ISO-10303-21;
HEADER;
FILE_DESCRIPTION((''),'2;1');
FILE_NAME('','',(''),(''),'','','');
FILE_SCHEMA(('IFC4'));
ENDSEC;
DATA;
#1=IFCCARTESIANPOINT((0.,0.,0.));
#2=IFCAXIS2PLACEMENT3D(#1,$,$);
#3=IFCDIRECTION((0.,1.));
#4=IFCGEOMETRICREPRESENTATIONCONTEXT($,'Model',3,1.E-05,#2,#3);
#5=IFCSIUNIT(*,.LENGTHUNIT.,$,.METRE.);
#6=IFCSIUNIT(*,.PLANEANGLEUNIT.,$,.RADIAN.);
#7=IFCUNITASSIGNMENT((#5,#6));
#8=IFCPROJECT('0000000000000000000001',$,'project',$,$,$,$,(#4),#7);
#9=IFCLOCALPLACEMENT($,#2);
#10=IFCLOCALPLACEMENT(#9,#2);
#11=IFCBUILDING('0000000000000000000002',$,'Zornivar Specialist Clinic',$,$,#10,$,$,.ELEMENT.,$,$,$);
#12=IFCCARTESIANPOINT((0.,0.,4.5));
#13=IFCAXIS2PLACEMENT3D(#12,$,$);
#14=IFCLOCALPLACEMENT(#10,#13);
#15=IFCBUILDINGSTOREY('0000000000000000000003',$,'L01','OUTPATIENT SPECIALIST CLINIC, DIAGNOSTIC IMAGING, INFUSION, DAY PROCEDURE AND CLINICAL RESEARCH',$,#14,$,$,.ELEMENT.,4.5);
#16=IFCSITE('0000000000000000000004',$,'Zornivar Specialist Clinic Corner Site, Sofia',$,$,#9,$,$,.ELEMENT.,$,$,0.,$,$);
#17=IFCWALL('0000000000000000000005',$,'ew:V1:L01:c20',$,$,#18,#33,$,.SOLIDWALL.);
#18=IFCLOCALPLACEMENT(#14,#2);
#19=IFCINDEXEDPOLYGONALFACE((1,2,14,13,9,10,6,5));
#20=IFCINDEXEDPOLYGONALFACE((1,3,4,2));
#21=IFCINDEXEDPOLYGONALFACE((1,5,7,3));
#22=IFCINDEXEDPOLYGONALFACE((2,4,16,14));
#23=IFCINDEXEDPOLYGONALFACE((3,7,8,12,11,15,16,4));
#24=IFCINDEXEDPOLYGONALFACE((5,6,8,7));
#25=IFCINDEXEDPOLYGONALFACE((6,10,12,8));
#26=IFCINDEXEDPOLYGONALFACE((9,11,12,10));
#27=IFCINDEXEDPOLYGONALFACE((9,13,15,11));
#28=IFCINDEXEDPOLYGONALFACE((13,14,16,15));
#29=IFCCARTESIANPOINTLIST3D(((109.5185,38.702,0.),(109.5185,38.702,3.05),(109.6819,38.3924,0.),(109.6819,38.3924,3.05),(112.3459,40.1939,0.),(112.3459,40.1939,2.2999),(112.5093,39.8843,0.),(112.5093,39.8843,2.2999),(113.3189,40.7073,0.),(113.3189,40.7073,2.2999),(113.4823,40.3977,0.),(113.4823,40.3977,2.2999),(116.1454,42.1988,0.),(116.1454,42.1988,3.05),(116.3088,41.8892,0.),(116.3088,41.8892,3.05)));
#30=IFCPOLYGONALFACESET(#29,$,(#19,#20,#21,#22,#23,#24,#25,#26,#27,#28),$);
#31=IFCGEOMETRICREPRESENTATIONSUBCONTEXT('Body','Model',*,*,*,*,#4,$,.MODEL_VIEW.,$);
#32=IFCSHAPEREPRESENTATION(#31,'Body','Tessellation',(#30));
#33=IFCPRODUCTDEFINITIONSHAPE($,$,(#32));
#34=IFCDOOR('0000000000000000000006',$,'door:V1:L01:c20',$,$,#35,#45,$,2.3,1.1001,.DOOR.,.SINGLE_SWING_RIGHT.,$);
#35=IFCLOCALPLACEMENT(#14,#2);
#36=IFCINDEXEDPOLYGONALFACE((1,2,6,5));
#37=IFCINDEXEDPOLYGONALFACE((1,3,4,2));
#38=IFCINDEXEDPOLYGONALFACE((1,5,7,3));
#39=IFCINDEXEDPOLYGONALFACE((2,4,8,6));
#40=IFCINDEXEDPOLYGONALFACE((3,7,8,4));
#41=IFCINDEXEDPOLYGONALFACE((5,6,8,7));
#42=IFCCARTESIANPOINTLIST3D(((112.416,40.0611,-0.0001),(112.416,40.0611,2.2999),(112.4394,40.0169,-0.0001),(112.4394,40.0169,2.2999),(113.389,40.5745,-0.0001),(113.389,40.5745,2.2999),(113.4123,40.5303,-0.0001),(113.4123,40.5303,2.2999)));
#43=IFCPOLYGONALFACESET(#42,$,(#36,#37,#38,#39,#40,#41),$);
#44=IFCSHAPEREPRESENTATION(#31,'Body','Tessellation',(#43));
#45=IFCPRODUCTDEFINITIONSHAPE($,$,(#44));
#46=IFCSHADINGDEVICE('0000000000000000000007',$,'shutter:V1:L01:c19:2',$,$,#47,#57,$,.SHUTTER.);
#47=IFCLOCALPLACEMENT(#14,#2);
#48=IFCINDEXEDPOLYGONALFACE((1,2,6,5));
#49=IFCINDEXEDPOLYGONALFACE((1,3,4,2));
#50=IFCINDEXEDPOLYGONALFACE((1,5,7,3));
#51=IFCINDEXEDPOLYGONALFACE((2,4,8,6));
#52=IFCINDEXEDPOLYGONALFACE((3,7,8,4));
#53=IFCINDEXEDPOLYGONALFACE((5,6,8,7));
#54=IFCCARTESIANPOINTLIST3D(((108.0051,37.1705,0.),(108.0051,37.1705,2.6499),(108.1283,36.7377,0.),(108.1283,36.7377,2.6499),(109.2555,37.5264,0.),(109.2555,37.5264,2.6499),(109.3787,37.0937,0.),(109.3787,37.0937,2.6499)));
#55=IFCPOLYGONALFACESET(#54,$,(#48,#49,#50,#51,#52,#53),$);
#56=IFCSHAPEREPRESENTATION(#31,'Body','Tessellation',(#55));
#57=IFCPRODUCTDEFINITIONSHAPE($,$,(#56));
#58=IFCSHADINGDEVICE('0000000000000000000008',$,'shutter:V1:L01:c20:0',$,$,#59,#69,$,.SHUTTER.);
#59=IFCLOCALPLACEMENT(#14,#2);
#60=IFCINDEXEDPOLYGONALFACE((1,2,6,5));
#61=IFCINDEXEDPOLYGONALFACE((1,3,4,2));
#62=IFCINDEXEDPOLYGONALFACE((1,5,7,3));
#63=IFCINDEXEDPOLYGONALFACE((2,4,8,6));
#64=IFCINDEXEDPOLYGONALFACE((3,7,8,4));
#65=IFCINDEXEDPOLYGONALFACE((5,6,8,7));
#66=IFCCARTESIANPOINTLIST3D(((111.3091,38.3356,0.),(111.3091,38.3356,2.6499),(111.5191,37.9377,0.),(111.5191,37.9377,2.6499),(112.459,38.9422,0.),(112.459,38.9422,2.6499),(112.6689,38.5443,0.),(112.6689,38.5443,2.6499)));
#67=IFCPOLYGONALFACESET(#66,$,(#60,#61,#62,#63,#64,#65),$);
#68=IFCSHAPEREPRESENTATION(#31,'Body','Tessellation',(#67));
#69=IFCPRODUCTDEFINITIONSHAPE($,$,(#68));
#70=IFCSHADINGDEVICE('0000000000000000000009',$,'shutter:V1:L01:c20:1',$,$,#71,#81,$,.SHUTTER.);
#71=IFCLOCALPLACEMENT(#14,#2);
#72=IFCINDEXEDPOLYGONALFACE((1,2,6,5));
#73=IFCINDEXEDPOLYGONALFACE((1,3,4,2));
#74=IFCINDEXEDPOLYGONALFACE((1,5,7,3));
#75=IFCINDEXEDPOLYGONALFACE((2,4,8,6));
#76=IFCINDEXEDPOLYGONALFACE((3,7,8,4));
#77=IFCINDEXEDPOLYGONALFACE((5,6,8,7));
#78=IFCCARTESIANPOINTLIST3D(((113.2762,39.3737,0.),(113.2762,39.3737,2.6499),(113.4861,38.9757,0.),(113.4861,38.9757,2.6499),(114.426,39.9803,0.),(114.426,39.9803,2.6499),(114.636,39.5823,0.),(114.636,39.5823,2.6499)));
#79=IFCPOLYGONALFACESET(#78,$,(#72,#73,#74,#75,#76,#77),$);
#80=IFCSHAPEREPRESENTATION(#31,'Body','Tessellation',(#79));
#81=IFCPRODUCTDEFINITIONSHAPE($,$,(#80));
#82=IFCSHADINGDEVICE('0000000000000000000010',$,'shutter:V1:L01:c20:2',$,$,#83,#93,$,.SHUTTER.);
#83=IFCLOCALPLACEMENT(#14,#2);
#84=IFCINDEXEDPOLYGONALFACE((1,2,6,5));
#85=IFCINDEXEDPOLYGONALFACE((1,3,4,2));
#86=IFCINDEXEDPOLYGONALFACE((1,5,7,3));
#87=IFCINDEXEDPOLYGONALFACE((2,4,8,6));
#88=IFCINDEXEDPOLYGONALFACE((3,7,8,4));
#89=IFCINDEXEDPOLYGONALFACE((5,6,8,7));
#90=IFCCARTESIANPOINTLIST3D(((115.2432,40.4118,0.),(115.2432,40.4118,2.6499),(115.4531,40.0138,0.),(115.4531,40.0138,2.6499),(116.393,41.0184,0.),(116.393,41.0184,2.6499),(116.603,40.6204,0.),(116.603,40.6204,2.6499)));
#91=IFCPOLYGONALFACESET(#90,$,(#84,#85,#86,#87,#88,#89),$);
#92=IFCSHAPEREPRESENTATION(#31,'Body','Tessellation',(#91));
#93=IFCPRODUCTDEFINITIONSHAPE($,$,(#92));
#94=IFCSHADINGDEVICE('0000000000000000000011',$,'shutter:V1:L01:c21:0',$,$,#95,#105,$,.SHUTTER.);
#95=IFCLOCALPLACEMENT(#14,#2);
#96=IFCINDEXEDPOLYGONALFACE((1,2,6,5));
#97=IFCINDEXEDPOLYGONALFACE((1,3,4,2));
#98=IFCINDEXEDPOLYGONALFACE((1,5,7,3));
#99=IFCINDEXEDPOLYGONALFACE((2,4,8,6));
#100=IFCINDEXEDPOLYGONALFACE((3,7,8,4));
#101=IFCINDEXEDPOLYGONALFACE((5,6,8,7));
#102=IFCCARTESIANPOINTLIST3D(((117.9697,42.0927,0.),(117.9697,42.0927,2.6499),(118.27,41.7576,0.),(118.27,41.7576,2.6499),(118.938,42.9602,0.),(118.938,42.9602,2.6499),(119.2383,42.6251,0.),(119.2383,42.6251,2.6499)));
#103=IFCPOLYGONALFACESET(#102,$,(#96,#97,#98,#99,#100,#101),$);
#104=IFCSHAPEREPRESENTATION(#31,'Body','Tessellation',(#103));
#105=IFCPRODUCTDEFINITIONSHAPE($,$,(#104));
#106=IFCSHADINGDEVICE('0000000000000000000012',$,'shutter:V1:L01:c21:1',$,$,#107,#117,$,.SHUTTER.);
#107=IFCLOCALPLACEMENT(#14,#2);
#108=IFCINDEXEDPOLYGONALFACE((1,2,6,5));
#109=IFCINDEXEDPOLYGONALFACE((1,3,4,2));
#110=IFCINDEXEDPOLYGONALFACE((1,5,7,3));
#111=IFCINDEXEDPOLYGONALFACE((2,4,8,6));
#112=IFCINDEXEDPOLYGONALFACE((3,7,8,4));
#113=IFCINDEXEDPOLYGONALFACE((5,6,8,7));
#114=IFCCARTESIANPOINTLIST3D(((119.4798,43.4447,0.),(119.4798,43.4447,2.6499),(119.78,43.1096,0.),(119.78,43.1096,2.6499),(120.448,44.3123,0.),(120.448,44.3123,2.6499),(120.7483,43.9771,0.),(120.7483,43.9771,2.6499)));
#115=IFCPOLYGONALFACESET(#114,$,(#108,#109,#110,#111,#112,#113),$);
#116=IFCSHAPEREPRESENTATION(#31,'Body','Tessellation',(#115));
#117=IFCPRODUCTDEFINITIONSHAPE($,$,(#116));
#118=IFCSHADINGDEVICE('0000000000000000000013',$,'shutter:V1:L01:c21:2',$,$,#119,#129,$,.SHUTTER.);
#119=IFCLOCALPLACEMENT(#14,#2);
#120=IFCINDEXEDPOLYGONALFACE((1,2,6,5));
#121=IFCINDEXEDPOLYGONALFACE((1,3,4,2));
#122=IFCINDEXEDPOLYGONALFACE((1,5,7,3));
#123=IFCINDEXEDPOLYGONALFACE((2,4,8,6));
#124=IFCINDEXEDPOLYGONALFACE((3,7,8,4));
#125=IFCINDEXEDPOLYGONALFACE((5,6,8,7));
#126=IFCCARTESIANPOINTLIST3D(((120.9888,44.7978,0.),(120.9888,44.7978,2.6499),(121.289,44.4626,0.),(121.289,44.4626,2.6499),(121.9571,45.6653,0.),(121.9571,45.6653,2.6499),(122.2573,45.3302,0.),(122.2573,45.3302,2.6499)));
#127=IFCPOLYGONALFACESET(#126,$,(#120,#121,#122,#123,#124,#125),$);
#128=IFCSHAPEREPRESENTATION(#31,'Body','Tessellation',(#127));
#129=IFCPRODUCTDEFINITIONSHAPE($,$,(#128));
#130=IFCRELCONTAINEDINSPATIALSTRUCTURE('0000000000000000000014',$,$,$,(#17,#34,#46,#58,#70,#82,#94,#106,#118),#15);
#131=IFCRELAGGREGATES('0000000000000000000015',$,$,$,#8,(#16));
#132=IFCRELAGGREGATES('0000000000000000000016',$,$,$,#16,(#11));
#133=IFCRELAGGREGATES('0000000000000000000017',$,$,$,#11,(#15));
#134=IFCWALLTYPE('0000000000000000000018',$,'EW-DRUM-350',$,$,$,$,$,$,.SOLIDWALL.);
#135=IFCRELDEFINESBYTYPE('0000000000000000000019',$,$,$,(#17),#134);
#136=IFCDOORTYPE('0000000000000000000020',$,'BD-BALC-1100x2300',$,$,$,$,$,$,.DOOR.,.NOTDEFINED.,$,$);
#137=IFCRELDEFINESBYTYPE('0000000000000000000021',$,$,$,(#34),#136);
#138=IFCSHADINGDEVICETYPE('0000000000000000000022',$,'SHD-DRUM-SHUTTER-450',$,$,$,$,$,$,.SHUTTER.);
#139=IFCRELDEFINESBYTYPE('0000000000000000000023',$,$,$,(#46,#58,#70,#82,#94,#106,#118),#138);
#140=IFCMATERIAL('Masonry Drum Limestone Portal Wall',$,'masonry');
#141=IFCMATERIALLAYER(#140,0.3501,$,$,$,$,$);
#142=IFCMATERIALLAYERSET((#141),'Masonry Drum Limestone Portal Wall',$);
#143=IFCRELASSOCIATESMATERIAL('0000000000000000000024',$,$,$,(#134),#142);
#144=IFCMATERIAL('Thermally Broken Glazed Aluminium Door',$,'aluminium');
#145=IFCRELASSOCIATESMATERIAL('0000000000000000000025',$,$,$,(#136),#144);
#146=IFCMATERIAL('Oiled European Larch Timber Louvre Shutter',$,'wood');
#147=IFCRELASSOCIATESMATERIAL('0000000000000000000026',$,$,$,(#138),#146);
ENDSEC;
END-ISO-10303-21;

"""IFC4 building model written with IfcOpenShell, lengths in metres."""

from ifc_helpers import new_model, si_unit, direction, frame, frame_2d, origin, origin_2d, place, context, subcontext, project, spatial, rectangle, extrude, material, layer, layer_set, type_object, element, fill, save


model = new_model("IFC4")

# Units and contexts
model_context = context("Model", 3, precision=1e-05, world=origin(), true_north=direction((0.0, 1.0)))
body_context = subcontext(model_context, "Body", "Model", "MODEL_VIEW")
ifc_project = project(units=[si_unit("LENGTHUNIT", "METRE"), si_unit("PLANEANGLEUNIT", "RADIAN")], contexts=[model_context])

# Site, building, storey
site_placement = place(None, origin())
site = spatial("IfcSite", under=ifc_project, at=site_placement, Name="Zornivar Specialist Clinic Corner Site, Sofia", CompositionType="ELEMENT", RefElevation=0.0)
building_placement = place(site_placement, origin())
building = spatial("IfcBuilding", under=site, at=building_placement, Name="Zornivar Specialist Clinic", CompositionType="ELEMENT")
storey_placement = place(building_placement, frame((0.0, 0.0, 4.5)))
storey = spatial("IfcBuildingStorey", under=building, at=storey_placement, Name="L01", Description="OUTPATIENT SPECIALIST CLINIC, DIAGNOSTIC IMAGING, INFUSION, DAY PROCEDURE AND CLINICAL RESEARCH", CompositionType="ELEMENT", Elevation=4.5)

# Wall, opening, door
ifc_material_1 = material(Name="Masonry Drum Limestone Portal Wall", Category="masonry")
ifc_layer_1 = layer(ifc_material_1, 0.3501)
ifc_layer_set_1 = layer_set([ifc_layer_1], Name="Masonry Drum Limestone Portal Wall")
wall_type = type_object("IfcWallType", Name="EW-DRUM-350", PredefinedType="SOLIDWALL", material=ifc_layer_set_1)
wall_placement = place(storey_placement, frame((109.6001, 38.5471, 0.0), z_axis=(0.0, 0.0, 1.0), x_axis=(0.884425, 0.466682, 0.0)))
wall = element("IfcWall", 1, at=wall_placement, inside=storey, type_object=wall_type, Name="ew:V1:L01:c20", PredefinedType="SOLIDWALL", context=body_context, shape_type="SweptSolid", body=[
    extrude(rectangle(XDim=7.4929, YDim=0.3501, at=frame_2d((3.7466, 0.0))), origin(), (0.0, 0.0, 1.0), 3.05),
])
opening_placement = place(wall_placement, frame((3.197, 0.0, 0.0)))
opening = element("IfcOpeningElement", 2, at=opening_placement, cuts=wall, PredefinedType="OPENING", context=body_context, shape_type="SweptSolid", body=[
    extrude(rectangle(XDim=1.1001, YDim=2.3, at=frame_2d((0.55, 1.1499))), frame((0.0, 0.1851, 0.0), z_axis=(0.0, -1.0, 0.0), x_axis=(1.0, 0.0, 0.0)), (0.0, 0.0, 1.0), 0.3701),
])
ifc_material_2 = material(Name="Thermally Broken Glazed Aluminium Door", Category="aluminium")
door_type = type_object("IfcDoorType", Name="BD-BALC-1100x2300", OperationType="NOTDEFINED", PredefinedType="DOOR", material=ifc_material_2)
door_placement = place(opening_placement, origin())
door = element("IfcDoor", 3, at=door_placement, inside=storey, type_object=door_type, Name="door:V1:L01:c20", OperationType="SINGLE_SWING_RIGHT", OverallHeight=2.3, OverallWidth=1.1001, PredefinedType="DOOR", context=body_context, shape_type="SweptSolid", body=[
    extrude(rectangle(XDim=1.1001, YDim=2.3, at=frame_2d((0.55, 1.1499))), frame((0.0, 0.0249, 0.0), z_axis=(0.0, -1.0, 0.0), x_axis=(1.0, 0.0, 0.0)), (0.0, 0.0, 1.0), 0.05),
])
fill(opening, door)

# Shading devices
ifc_material_3 = material(Name="Oiled European Larch Timber Louvre Shutter", Category="wood")
shading_device_type = type_object("IfcShadingDeviceType", Name="SHD-DRUM-SHUTTER-450", PredefinedType="SHUTTER", material=ifc_material_3)
for number, where, z_axis, x_axis, name in (
    (4, (108.6919, 37.1321, 0.0), (0.0, 0.0, 1.0), (0.961785, 0.273805, 0.0), "shutter:V1:L01:c19:2"),
    (5, (111.989, 38.4399, 0.0), (0.0, 0.0, 1.0), (0.88447, 0.466597, 0.0), "shutter:V1:L01:c20:0"),
    (6, (113.9561, 39.478, 0.0), (0.0, 0.0, 1.0), (0.88447, 0.466597, 0.0), "shutter:V1:L01:c20:1"),
    (7, (115.9231, 40.5161, 0.0), (0.0, 0.0, 1.0), (0.88447, 0.466597, 0.0), "shutter:V1:L01:c20:2"),
    (8, (118.604, 42.3589, 0.0), (0.0, 0.0, 1.0), (0.744797, 0.667291, 0.0), "shutter:V1:L01:c21:0"),
    (9, (120.114, 43.7109, 0.0), (0.0, 0.0, 1.0), (0.744797, 0.667291, 0.0), "shutter:V1:L01:c21:1"),
    (10, (121.623, 45.064, 0.0), (0.0, 0.0, 1.0), (0.744797, 0.667291, 0.0), "shutter:V1:L01:c21:2"),
):
    element("IfcShadingDevice", number, at=place(storey_placement, frame(where, z_axis=z_axis, x_axis=x_axis)), inside=storey, type_object=shading_device_type, Name=name, PredefinedType="SHUTTER", context=body_context, shape_type="SweptSolid", body=[
        extrude(rectangle(XDim=1.3, YDim=0.45, at=origin_2d()), origin(), (0.0, 0.0, 1.0), 2.6499),
    ])

save(model, "model.ifc")
